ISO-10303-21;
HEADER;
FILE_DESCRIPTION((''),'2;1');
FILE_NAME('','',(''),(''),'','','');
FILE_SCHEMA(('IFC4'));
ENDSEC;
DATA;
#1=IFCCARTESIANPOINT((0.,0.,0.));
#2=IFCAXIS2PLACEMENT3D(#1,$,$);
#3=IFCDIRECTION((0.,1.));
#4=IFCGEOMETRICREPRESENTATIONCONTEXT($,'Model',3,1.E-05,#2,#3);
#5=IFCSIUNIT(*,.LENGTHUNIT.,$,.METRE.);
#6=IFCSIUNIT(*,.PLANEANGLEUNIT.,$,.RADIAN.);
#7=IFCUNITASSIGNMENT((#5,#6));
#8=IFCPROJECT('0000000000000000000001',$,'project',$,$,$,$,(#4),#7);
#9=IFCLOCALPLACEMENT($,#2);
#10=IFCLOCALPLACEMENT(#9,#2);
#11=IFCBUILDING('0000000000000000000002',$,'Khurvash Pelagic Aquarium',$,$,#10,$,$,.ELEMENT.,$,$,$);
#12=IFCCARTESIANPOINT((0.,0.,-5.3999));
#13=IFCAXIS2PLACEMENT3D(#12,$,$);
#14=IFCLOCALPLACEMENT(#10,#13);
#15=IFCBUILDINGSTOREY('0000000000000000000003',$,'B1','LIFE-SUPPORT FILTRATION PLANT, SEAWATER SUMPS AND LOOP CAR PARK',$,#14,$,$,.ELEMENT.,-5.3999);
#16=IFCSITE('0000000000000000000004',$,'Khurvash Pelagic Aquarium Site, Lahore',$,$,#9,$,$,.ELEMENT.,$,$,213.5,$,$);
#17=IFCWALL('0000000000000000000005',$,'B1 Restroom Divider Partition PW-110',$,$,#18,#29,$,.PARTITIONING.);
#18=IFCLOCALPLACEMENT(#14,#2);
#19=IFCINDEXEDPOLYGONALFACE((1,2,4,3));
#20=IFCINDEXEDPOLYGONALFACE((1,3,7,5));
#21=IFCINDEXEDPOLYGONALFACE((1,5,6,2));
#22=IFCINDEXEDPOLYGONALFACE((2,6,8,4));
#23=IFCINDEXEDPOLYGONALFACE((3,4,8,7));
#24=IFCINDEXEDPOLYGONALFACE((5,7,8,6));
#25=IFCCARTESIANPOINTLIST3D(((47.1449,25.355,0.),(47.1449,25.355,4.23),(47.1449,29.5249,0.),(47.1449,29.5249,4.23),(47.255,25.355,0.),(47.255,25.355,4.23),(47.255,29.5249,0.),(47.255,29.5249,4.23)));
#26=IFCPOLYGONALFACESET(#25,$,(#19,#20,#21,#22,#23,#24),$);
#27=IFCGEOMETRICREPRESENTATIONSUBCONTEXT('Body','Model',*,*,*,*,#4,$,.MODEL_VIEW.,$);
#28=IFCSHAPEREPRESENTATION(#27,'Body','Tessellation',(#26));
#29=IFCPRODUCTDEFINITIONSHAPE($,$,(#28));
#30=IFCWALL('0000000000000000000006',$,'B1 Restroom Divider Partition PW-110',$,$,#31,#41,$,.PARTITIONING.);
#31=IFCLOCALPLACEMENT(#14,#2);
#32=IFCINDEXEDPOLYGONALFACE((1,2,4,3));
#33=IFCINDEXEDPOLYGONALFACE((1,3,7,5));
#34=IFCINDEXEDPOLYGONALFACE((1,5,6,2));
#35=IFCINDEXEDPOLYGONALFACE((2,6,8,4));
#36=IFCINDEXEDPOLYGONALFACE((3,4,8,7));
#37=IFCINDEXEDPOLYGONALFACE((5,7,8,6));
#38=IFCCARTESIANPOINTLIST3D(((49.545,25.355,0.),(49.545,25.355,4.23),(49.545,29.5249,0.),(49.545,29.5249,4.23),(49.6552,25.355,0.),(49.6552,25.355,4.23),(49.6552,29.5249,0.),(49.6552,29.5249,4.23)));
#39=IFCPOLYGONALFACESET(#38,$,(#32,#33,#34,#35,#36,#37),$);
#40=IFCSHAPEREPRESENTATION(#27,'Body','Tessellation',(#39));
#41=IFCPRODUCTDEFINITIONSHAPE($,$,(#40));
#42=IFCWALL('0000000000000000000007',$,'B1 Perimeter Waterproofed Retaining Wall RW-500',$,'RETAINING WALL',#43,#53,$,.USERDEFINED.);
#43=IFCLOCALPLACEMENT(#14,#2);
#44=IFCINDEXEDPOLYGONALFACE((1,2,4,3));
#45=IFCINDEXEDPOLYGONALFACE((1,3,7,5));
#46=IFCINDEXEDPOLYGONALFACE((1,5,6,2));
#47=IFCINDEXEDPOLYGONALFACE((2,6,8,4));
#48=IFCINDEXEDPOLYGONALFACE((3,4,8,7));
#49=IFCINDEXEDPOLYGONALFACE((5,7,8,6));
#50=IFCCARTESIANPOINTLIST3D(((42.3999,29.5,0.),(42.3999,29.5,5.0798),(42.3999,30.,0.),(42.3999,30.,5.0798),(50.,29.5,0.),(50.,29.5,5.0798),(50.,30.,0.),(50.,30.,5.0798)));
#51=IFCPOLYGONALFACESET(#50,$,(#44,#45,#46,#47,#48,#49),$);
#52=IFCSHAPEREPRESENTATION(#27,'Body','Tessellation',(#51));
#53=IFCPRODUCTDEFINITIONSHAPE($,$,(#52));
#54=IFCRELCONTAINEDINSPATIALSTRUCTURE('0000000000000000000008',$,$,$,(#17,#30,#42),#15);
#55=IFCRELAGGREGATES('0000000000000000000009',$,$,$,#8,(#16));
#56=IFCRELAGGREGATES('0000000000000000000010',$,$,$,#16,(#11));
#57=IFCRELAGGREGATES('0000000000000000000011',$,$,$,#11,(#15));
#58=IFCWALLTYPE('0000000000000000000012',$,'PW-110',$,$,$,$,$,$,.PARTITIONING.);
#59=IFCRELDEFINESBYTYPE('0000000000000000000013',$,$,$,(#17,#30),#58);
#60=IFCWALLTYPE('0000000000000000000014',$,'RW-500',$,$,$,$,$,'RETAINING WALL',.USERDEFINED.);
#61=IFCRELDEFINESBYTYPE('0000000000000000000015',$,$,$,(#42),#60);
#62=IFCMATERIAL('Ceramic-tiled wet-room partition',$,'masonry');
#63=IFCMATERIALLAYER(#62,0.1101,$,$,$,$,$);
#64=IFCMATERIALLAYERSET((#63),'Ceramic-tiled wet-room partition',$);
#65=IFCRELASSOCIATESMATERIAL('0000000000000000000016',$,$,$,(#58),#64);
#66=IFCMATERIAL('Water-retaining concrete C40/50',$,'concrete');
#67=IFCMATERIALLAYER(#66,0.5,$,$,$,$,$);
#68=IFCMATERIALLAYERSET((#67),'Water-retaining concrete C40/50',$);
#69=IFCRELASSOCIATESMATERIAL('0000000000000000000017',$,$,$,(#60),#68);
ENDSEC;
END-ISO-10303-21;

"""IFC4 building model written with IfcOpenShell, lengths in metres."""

from ifc_helpers import new_model, si_unit, direction, frame, frame_2d, origin, place, context, subcontext, project, spatial, rectangle, extrude, material, layer, layer_set, type_object, element, save


model = new_model("IFC4")

# Units and contexts
model_context = context("Model", 3, precision=1e-05, world=origin(), true_north=direction((0.0, 1.0)))
body_context = subcontext(model_context, "Body", "Model", "MODEL_VIEW")
ifc_project = project(units=[si_unit("LENGTHUNIT", "METRE"), si_unit("PLANEANGLEUNIT", "RADIAN")], contexts=[model_context])

# Site, building, storey
site_placement = place(None, origin())
site = spatial("IfcSite", under=ifc_project, at=site_placement, Name="Khurvash Pelagic Aquarium Site, Lahore", CompositionType="ELEMENT", RefElevation=213.5)
building_placement = place(site_placement, origin())
building = spatial("IfcBuilding", under=site, at=building_placement, Name="Khurvash Pelagic Aquarium", CompositionType="ELEMENT")
storey_placement = place(building_placement, frame((0.0, 0.0, -5.3999)))
storey = spatial("IfcBuildingStorey", under=building, at=storey_placement, Name="B1", Description="LIFE-SUPPORT FILTRATION PLANT, SEAWATER SUMPS AND LOOP CAR PARK", CompositionType="ELEMENT", Elevation=-5.3999)

# Shared definitions
ifc_material_1 = material(Name="Ceramic-tiled wet-room partition", Category="masonry")
ifc_layer_1 = layer(ifc_material_1, 0.1101)
ifc_layer_set_1 = layer_set([ifc_layer_1], Name="Ceramic-tiled wet-room partition")
wall_type_1 = type_object("IfcWallType", Name="PW-110", PredefinedType="PARTITIONING", material=ifc_layer_set_1)

# Walls
for number, where, z_axis, x_axis, name in (
    (1, (47.2, 25.355, 0.0), (0.0, 0.0, 1.0), (0.0, 1.0, 0.0), "B1 Restroom Divider Partition PW-110"),
    (2, (49.6001, 25.355, 0.0), (0.0, 0.0, 1.0), (0.0, 1.0, 0.0), "B1 Restroom Divider Partition PW-110"),
):
    element("IfcWall", number, at=place(storey_placement, frame(where, z_axis=z_axis, x_axis=x_axis)), inside=storey, type_object=wall_type_1, Name=name, PredefinedType="PARTITIONING", context=body_context, shape_type="SweptSolid", body=[
        extrude(rectangle(XDim=4.1699, YDim=0.1101, at=frame_2d((2.085, 0.0))), origin(), (0.0, 0.0, 1.0), 4.23),
    ])
ifc_material_2 = material(Name="Water-retaining concrete C40/50", Category="concrete")
ifc_layer_2 = layer(ifc_material_2, 0.5)
ifc_layer_set_2 = layer_set([ifc_layer_2], Name="Water-retaining concrete C40/50")
wall_type_2 = type_object("IfcWallType", Name="RW-500", ElementType="RETAINING WALL", PredefinedType="USERDEFINED", material=ifc_layer_set_2)
wall_1_placement = place(storey_placement, frame((42.3999, 29.75, 0.0), z_axis=(0.0, 0.0, 1.0), x_axis=(1.0, 0.0, 0.0)))
element("IfcWall", 3, at=wall_1_placement, inside=storey, type_object=wall_type_2, Name="B1 Perimeter Waterproofed Retaining Wall RW-500", ObjectType="RETAINING WALL", PredefinedType="USERDEFINED", context=body_context, shape_type="SweptSolid", body=[
    extrude(rectangle(XDim=7.6001, YDim=0.5, at=frame_2d((3.8, 0.0))), origin(), (0.0, 0.0, 1.0), 5.0798),
])

save(model, "model.ifc")
